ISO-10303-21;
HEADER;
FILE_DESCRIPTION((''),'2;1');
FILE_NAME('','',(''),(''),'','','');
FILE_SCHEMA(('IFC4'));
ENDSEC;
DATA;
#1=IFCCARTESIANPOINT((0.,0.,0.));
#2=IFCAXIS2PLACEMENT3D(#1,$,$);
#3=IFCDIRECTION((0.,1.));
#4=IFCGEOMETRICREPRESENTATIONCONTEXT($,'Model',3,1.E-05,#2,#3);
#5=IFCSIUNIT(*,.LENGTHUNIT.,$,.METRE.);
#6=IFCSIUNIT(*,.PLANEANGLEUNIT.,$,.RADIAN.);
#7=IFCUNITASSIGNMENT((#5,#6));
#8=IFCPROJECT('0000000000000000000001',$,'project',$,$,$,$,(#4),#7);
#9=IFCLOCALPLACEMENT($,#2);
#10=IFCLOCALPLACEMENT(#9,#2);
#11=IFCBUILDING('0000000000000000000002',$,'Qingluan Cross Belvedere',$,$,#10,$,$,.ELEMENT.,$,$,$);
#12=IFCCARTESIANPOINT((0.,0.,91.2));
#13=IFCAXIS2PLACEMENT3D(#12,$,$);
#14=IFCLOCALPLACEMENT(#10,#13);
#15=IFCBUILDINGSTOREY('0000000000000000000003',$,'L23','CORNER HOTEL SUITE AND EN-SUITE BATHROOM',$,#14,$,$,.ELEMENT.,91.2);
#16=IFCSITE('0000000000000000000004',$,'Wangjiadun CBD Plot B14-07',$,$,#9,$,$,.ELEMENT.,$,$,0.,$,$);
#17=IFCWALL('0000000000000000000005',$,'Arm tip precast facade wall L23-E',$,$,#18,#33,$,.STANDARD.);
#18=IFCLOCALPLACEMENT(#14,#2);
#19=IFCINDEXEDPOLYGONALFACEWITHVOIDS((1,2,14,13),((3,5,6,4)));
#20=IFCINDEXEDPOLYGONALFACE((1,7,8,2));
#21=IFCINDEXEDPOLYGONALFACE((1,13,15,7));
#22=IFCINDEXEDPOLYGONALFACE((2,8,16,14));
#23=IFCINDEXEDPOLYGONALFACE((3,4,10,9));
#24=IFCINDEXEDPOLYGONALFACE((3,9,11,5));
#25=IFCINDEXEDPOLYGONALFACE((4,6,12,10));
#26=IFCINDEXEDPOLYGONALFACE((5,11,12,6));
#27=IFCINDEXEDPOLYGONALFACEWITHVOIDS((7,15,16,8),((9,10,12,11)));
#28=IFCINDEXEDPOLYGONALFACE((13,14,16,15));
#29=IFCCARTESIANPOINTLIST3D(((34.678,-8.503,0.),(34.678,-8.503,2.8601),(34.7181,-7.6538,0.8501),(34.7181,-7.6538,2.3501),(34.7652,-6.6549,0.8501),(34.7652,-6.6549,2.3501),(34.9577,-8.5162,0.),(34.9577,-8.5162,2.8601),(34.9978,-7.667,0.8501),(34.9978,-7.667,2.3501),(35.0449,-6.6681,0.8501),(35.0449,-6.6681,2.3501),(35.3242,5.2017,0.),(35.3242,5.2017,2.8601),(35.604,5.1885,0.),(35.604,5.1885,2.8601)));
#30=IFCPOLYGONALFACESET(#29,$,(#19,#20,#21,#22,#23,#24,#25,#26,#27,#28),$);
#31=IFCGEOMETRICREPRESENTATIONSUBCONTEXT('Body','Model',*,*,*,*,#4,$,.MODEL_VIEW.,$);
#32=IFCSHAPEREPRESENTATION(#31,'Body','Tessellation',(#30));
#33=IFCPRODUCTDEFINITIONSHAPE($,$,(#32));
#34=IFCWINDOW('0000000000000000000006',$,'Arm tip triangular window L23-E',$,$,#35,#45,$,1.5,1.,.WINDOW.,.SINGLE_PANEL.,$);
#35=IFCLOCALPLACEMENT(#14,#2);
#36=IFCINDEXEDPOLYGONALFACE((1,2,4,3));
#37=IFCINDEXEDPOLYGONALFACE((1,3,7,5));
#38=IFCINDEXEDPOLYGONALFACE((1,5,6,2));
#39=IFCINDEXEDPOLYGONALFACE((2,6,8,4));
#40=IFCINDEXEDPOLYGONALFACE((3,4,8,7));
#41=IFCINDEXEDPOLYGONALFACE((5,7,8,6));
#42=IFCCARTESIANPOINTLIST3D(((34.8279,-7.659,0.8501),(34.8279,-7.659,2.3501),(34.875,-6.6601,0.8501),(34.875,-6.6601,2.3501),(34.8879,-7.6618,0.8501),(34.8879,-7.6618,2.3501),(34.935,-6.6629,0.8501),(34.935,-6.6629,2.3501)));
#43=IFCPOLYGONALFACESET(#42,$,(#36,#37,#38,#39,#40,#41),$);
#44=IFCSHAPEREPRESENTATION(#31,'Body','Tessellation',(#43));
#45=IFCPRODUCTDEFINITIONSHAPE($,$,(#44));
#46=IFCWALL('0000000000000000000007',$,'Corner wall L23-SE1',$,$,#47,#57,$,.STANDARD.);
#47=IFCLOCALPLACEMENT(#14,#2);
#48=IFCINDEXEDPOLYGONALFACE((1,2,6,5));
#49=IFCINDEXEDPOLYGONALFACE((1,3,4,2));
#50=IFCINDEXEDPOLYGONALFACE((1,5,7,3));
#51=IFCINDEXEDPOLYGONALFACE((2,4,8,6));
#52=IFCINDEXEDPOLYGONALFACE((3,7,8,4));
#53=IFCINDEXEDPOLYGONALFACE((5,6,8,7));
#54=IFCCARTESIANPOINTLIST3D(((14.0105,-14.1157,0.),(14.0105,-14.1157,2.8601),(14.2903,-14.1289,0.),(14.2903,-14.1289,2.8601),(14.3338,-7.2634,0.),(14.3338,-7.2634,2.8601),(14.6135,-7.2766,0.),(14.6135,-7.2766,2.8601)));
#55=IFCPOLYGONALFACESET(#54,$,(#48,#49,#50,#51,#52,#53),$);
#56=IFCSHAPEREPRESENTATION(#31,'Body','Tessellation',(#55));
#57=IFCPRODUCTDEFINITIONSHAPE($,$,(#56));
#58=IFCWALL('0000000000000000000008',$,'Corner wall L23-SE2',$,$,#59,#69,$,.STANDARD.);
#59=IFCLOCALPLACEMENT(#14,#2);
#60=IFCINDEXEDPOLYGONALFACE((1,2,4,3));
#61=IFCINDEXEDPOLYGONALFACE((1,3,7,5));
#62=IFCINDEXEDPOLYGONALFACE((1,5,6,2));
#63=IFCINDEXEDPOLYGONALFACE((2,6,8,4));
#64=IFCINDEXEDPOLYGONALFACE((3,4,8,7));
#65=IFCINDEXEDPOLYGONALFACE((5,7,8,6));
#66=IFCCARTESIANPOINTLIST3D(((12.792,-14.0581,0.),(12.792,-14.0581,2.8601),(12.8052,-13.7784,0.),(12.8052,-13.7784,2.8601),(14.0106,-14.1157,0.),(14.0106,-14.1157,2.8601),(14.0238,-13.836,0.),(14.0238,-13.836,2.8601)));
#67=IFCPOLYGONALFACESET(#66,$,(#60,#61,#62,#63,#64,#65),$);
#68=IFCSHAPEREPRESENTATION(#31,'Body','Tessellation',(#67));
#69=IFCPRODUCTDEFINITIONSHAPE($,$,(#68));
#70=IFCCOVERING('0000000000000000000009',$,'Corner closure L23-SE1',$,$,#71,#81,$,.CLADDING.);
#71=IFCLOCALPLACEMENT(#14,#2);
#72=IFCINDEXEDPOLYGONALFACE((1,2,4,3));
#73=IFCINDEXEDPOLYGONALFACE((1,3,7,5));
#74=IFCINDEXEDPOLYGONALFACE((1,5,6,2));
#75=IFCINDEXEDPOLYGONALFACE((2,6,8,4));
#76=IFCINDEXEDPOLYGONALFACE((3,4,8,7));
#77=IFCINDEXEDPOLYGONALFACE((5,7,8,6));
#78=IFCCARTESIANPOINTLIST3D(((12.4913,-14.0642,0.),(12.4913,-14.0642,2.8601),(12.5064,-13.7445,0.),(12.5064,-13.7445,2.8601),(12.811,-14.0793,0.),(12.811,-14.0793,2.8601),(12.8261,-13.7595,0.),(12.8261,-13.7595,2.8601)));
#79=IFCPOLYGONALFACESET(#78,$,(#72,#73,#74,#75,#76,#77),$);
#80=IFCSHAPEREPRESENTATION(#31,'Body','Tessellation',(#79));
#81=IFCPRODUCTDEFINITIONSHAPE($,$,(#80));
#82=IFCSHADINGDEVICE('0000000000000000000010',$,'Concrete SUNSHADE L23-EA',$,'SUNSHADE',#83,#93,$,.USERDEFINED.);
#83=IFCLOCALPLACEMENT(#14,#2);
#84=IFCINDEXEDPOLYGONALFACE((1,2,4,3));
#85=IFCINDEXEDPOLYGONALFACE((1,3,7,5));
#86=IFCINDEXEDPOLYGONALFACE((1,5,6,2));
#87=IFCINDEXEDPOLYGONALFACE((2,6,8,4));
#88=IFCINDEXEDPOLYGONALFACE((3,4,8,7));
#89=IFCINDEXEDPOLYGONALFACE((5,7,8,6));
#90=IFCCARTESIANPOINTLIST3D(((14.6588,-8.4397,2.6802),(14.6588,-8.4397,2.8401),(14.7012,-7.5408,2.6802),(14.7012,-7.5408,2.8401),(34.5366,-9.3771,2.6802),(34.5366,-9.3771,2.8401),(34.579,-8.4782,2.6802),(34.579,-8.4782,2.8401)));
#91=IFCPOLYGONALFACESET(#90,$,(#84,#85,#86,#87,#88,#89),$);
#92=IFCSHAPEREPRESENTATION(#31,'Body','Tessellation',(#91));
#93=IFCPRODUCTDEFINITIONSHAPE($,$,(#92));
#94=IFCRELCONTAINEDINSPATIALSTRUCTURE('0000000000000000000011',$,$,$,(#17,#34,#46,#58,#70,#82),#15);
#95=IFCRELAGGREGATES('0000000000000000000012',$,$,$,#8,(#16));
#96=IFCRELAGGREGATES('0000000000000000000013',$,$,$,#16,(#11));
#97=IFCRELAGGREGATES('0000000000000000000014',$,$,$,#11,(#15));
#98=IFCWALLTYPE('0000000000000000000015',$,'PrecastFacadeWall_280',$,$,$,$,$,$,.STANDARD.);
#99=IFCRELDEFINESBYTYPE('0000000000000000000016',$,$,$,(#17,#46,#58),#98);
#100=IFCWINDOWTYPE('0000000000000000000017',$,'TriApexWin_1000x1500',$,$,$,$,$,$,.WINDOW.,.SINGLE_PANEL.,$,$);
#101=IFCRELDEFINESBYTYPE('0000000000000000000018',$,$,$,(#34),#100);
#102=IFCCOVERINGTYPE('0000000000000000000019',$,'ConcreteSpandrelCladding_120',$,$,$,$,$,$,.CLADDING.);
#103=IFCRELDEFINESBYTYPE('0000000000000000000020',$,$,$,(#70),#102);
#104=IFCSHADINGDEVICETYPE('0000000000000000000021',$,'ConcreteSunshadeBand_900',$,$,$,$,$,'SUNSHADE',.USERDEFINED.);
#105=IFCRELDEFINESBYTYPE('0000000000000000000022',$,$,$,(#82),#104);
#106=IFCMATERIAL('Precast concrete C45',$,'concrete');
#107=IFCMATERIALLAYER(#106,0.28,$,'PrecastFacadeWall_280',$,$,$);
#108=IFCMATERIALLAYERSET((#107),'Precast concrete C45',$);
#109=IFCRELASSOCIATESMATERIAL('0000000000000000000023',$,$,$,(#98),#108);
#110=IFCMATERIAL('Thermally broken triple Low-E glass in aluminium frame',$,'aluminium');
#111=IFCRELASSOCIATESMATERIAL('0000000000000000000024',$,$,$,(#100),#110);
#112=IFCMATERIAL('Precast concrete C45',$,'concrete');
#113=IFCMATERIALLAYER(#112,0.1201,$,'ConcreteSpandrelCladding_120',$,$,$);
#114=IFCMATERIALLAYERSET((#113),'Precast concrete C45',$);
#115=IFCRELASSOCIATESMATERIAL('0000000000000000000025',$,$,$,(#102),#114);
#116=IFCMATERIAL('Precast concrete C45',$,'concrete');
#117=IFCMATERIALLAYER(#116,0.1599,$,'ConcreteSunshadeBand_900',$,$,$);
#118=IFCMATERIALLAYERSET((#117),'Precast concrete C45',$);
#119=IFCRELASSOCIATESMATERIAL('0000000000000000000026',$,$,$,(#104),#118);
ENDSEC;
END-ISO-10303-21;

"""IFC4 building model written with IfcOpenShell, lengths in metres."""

from ifc_helpers import new_model, si_unit, direction, frame, frame_2d, origin, origin_2d, place, context, subcontext, project, spatial, rectangle, extrude, material, layer, layer_set, type_object, element, fill, save


model = new_model("IFC4")

# Units and contexts
model_context = context("Model", 3, precision=1e-05, world=origin(), true_north=direction((0.0, 1.0)))
body_context = subcontext(model_context, "Body", "Model", "MODEL_VIEW")
ifc_project = project(units=[si_unit("LENGTHUNIT", "METRE"), si_unit("PLANEANGLEUNIT", "RADIAN")], contexts=[model_context])

# Site, building, storey
site_placement = place(None, origin())
site = spatial("IfcSite", under=ifc_project, at=site_placement, Name="Wangjiadun CBD Plot B14-07", CompositionType="ELEMENT", RefElevation=0.0)
building_placement = place(site_placement, origin())
building = spatial("IfcBuilding", under=site, at=building_placement, Name="Qingluan Cross Belvedere", CompositionType="ELEMENT")
storey_placement = place(building_placement, frame((0.0, 0.0, 91.2)))
storey = spatial("IfcBuildingStorey", under=building, at=storey_placement, Name="L23", Description="CORNER HOTEL SUITE AND EN-SUITE BATHROOM", CompositionType="ELEMENT", Elevation=91.2)

# Shared definitions
ifc_material_1 = material(Name="Precast concrete C45", Category="concrete")
ifc_layer_1 = layer(ifc_material_1, 0.28, Name="PrecastFacadeWall_280")
ifc_layer_set_1 = layer_set([ifc_layer_1], Name="Precast concrete C45")
wall_type_1 = type_object("IfcWallType", Name="PrecastFacadeWall_280", PredefinedType="STANDARD", material=ifc_layer_set_1)

# Wall, opening, window
wall_1_placement = place(storey_placement, frame((34.8179, -8.5095, 0.0), z_axis=(0.0, 0.0, 1.0), x_axis=(0.047102, 0.99889, 0.0)))
wall_1 = element("IfcWall", 1, at=wall_1_placement, inside=storey, type_object=wall_type_1, Name="Arm tip precast facade wall L23-E", PredefinedType="STANDARD", context=body_context, shape_type="SweptSolid", body=[
    extrude(rectangle(XDim=13.72, YDim=0.28, at=frame_2d((6.8599, 0.0))), origin(), (0.0, 0.0, 1.0), 2.8601),
])
opening_1_placement = place(wall_1_placement, frame((0.8501, 0.0, 0.8501)))
opening_1 = element("IfcOpeningElement", 2, at=opening_1_placement, cuts=wall_1, PredefinedType="OPENING", context=body_context, shape_type="SweptSolid", body=[
    extrude(rectangle(XDim=1.0, YDim=1.5, at=frame_2d((0.5, 0.75))), frame((0.0, 0.1499, 0.0), z_axis=(0.0, -1.0, 0.0), x_axis=(1.0, 0.0, 0.0)), (0.0, 0.0, 1.0), 0.3),
])
ifc_material_2 = material(Name="Thermally broken triple Low-E glass in aluminium frame", Category="aluminium")
window_type_1 = type_object("IfcWindowType", Name="TriApexWin_1000x1500", PartitioningType="SINGLE_PANEL", PredefinedType="WINDOW", material=ifc_material_2)
window_1_placement = place(opening_1_placement, origin())
window_1 = element("IfcWindow", 3, at=window_1_placement, inside=storey, type_object=window_type_1, Name="Arm tip triangular window L23-E", OverallHeight=1.5, OverallWidth=1.0, PartitioningType="SINGLE_PANEL", PredefinedType="WINDOW", context=body_context, shape_type="SweptSolid", body=[
    extrude(rectangle(XDim=1.0, YDim=1.5, at=frame_2d((0.5, 0.75))), frame((0.0, 0.03, 0.0), z_axis=(0.0, -1.0, 0.0), x_axis=(1.0, 0.0, 0.0)), (0.0, 0.0, 1.0), 0.0601),
])
fill(opening_1, window_1)

# Walls
wall_2_placement = place(storey_placement, frame((14.4736, -7.27, 0.0), z_axis=(0.0, 0.0, 1.0), x_axis=(-0.04712, -0.998889, 0.0)))
element("IfcWall", 4, at=wall_2_placement, inside=storey, type_object=wall_type_1, Name="Corner wall L23-SE1", PredefinedType="STANDARD", context=body_context, shape_type="SweptSolid", body=[
    extrude(rectangle(XDim=6.8599, YDim=0.28, at=frame_2d((3.4299, 0.0))), origin(), (0.0, 0.0, 1.0), 2.8601),
])
wall_3_placement = place(storey_placement, frame((14.0171, -13.9758, 0.0), z_axis=(0.0, 0.0, 1.0), x_axis=(-0.998884, 0.047232, 0.0)))
element("IfcWall", 5, at=wall_3_placement, inside=storey, type_object=wall_type_1, Name="Corner wall L23-SE2", PredefinedType="STANDARD", context=body_context, shape_type="SweptSolid", body=[
    extrude(rectangle(XDim=1.22, YDim=0.28, at=frame_2d((0.6099, 0.0))), origin(), (0.0, 0.0, 1.0), 2.8601),
])

# Covering
ifc_material_3 = material(Name="Precast concrete C45", Category="concrete")
ifc_layer_2 = layer(ifc_material_3, 0.1201, Name="ConcreteSpandrelCladding_120")
ifc_layer_set_2 = layer_set([ifc_layer_2], Name="Precast concrete C45")
covering_type = type_object("IfcCoveringType", Name="ConcreteSpandrelCladding_120", PredefinedType="CLADDING", material=ifc_layer_set_2)
covering_placement = place(storey_placement, frame((12.6587, -13.9119, 0.0), z_axis=(0.0, 0.0, 1.0), x_axis=(0.99889, -0.047106, 0.0)))
element("IfcCovering", 6, at=covering_placement, inside=storey, type_object=covering_type, Name="Corner closure L23-SE1", PredefinedType="CLADDING", context=body_context, shape_type="SweptSolid", body=[
    extrude(rectangle(XDim=0.3201, YDim=0.3201, at=origin_2d()), origin(), (0.0, 0.0, 1.0), 2.8601),
])

# Shading device
ifc_material_4 = material(Name="Precast concrete C45", Category="concrete")
ifc_layer_3 = layer(ifc_material_4, 0.1599, Name="ConcreteSunshadeBand_900")
ifc_layer_set_3 = layer_set([ifc_layer_3], Name="Precast concrete C45")
shading_device_type = type_object("IfcShadingDeviceType", Name="ConcreteSunshadeBand_900", ElementType="SUNSHADE", PredefinedType="USERDEFINED", material=ifc_layer_set_3)
shading_device_placement = place(storey_placement, frame((24.6189, -8.459, 2.6802), z_axis=(0.0, 0.0, 1.0), x_axis=(0.99889, -0.047105, 0.0)))
element("IfcShadingDevice", 7, at=shading_device_placement, inside=storey, type_object=shading_device_type, Name="Concrete SUNSHADE L23-EA", ObjectType="SUNSHADE", PredefinedType="USERDEFINED", context=body_context, shape_type="SweptSolid", body=[
    extrude(rectangle(XDim=19.8999, YDim=0.8999, at=origin_2d()), origin(), (0.0, 0.0, 1.0), 0.1599),
])

save(model, "model.ifc")
